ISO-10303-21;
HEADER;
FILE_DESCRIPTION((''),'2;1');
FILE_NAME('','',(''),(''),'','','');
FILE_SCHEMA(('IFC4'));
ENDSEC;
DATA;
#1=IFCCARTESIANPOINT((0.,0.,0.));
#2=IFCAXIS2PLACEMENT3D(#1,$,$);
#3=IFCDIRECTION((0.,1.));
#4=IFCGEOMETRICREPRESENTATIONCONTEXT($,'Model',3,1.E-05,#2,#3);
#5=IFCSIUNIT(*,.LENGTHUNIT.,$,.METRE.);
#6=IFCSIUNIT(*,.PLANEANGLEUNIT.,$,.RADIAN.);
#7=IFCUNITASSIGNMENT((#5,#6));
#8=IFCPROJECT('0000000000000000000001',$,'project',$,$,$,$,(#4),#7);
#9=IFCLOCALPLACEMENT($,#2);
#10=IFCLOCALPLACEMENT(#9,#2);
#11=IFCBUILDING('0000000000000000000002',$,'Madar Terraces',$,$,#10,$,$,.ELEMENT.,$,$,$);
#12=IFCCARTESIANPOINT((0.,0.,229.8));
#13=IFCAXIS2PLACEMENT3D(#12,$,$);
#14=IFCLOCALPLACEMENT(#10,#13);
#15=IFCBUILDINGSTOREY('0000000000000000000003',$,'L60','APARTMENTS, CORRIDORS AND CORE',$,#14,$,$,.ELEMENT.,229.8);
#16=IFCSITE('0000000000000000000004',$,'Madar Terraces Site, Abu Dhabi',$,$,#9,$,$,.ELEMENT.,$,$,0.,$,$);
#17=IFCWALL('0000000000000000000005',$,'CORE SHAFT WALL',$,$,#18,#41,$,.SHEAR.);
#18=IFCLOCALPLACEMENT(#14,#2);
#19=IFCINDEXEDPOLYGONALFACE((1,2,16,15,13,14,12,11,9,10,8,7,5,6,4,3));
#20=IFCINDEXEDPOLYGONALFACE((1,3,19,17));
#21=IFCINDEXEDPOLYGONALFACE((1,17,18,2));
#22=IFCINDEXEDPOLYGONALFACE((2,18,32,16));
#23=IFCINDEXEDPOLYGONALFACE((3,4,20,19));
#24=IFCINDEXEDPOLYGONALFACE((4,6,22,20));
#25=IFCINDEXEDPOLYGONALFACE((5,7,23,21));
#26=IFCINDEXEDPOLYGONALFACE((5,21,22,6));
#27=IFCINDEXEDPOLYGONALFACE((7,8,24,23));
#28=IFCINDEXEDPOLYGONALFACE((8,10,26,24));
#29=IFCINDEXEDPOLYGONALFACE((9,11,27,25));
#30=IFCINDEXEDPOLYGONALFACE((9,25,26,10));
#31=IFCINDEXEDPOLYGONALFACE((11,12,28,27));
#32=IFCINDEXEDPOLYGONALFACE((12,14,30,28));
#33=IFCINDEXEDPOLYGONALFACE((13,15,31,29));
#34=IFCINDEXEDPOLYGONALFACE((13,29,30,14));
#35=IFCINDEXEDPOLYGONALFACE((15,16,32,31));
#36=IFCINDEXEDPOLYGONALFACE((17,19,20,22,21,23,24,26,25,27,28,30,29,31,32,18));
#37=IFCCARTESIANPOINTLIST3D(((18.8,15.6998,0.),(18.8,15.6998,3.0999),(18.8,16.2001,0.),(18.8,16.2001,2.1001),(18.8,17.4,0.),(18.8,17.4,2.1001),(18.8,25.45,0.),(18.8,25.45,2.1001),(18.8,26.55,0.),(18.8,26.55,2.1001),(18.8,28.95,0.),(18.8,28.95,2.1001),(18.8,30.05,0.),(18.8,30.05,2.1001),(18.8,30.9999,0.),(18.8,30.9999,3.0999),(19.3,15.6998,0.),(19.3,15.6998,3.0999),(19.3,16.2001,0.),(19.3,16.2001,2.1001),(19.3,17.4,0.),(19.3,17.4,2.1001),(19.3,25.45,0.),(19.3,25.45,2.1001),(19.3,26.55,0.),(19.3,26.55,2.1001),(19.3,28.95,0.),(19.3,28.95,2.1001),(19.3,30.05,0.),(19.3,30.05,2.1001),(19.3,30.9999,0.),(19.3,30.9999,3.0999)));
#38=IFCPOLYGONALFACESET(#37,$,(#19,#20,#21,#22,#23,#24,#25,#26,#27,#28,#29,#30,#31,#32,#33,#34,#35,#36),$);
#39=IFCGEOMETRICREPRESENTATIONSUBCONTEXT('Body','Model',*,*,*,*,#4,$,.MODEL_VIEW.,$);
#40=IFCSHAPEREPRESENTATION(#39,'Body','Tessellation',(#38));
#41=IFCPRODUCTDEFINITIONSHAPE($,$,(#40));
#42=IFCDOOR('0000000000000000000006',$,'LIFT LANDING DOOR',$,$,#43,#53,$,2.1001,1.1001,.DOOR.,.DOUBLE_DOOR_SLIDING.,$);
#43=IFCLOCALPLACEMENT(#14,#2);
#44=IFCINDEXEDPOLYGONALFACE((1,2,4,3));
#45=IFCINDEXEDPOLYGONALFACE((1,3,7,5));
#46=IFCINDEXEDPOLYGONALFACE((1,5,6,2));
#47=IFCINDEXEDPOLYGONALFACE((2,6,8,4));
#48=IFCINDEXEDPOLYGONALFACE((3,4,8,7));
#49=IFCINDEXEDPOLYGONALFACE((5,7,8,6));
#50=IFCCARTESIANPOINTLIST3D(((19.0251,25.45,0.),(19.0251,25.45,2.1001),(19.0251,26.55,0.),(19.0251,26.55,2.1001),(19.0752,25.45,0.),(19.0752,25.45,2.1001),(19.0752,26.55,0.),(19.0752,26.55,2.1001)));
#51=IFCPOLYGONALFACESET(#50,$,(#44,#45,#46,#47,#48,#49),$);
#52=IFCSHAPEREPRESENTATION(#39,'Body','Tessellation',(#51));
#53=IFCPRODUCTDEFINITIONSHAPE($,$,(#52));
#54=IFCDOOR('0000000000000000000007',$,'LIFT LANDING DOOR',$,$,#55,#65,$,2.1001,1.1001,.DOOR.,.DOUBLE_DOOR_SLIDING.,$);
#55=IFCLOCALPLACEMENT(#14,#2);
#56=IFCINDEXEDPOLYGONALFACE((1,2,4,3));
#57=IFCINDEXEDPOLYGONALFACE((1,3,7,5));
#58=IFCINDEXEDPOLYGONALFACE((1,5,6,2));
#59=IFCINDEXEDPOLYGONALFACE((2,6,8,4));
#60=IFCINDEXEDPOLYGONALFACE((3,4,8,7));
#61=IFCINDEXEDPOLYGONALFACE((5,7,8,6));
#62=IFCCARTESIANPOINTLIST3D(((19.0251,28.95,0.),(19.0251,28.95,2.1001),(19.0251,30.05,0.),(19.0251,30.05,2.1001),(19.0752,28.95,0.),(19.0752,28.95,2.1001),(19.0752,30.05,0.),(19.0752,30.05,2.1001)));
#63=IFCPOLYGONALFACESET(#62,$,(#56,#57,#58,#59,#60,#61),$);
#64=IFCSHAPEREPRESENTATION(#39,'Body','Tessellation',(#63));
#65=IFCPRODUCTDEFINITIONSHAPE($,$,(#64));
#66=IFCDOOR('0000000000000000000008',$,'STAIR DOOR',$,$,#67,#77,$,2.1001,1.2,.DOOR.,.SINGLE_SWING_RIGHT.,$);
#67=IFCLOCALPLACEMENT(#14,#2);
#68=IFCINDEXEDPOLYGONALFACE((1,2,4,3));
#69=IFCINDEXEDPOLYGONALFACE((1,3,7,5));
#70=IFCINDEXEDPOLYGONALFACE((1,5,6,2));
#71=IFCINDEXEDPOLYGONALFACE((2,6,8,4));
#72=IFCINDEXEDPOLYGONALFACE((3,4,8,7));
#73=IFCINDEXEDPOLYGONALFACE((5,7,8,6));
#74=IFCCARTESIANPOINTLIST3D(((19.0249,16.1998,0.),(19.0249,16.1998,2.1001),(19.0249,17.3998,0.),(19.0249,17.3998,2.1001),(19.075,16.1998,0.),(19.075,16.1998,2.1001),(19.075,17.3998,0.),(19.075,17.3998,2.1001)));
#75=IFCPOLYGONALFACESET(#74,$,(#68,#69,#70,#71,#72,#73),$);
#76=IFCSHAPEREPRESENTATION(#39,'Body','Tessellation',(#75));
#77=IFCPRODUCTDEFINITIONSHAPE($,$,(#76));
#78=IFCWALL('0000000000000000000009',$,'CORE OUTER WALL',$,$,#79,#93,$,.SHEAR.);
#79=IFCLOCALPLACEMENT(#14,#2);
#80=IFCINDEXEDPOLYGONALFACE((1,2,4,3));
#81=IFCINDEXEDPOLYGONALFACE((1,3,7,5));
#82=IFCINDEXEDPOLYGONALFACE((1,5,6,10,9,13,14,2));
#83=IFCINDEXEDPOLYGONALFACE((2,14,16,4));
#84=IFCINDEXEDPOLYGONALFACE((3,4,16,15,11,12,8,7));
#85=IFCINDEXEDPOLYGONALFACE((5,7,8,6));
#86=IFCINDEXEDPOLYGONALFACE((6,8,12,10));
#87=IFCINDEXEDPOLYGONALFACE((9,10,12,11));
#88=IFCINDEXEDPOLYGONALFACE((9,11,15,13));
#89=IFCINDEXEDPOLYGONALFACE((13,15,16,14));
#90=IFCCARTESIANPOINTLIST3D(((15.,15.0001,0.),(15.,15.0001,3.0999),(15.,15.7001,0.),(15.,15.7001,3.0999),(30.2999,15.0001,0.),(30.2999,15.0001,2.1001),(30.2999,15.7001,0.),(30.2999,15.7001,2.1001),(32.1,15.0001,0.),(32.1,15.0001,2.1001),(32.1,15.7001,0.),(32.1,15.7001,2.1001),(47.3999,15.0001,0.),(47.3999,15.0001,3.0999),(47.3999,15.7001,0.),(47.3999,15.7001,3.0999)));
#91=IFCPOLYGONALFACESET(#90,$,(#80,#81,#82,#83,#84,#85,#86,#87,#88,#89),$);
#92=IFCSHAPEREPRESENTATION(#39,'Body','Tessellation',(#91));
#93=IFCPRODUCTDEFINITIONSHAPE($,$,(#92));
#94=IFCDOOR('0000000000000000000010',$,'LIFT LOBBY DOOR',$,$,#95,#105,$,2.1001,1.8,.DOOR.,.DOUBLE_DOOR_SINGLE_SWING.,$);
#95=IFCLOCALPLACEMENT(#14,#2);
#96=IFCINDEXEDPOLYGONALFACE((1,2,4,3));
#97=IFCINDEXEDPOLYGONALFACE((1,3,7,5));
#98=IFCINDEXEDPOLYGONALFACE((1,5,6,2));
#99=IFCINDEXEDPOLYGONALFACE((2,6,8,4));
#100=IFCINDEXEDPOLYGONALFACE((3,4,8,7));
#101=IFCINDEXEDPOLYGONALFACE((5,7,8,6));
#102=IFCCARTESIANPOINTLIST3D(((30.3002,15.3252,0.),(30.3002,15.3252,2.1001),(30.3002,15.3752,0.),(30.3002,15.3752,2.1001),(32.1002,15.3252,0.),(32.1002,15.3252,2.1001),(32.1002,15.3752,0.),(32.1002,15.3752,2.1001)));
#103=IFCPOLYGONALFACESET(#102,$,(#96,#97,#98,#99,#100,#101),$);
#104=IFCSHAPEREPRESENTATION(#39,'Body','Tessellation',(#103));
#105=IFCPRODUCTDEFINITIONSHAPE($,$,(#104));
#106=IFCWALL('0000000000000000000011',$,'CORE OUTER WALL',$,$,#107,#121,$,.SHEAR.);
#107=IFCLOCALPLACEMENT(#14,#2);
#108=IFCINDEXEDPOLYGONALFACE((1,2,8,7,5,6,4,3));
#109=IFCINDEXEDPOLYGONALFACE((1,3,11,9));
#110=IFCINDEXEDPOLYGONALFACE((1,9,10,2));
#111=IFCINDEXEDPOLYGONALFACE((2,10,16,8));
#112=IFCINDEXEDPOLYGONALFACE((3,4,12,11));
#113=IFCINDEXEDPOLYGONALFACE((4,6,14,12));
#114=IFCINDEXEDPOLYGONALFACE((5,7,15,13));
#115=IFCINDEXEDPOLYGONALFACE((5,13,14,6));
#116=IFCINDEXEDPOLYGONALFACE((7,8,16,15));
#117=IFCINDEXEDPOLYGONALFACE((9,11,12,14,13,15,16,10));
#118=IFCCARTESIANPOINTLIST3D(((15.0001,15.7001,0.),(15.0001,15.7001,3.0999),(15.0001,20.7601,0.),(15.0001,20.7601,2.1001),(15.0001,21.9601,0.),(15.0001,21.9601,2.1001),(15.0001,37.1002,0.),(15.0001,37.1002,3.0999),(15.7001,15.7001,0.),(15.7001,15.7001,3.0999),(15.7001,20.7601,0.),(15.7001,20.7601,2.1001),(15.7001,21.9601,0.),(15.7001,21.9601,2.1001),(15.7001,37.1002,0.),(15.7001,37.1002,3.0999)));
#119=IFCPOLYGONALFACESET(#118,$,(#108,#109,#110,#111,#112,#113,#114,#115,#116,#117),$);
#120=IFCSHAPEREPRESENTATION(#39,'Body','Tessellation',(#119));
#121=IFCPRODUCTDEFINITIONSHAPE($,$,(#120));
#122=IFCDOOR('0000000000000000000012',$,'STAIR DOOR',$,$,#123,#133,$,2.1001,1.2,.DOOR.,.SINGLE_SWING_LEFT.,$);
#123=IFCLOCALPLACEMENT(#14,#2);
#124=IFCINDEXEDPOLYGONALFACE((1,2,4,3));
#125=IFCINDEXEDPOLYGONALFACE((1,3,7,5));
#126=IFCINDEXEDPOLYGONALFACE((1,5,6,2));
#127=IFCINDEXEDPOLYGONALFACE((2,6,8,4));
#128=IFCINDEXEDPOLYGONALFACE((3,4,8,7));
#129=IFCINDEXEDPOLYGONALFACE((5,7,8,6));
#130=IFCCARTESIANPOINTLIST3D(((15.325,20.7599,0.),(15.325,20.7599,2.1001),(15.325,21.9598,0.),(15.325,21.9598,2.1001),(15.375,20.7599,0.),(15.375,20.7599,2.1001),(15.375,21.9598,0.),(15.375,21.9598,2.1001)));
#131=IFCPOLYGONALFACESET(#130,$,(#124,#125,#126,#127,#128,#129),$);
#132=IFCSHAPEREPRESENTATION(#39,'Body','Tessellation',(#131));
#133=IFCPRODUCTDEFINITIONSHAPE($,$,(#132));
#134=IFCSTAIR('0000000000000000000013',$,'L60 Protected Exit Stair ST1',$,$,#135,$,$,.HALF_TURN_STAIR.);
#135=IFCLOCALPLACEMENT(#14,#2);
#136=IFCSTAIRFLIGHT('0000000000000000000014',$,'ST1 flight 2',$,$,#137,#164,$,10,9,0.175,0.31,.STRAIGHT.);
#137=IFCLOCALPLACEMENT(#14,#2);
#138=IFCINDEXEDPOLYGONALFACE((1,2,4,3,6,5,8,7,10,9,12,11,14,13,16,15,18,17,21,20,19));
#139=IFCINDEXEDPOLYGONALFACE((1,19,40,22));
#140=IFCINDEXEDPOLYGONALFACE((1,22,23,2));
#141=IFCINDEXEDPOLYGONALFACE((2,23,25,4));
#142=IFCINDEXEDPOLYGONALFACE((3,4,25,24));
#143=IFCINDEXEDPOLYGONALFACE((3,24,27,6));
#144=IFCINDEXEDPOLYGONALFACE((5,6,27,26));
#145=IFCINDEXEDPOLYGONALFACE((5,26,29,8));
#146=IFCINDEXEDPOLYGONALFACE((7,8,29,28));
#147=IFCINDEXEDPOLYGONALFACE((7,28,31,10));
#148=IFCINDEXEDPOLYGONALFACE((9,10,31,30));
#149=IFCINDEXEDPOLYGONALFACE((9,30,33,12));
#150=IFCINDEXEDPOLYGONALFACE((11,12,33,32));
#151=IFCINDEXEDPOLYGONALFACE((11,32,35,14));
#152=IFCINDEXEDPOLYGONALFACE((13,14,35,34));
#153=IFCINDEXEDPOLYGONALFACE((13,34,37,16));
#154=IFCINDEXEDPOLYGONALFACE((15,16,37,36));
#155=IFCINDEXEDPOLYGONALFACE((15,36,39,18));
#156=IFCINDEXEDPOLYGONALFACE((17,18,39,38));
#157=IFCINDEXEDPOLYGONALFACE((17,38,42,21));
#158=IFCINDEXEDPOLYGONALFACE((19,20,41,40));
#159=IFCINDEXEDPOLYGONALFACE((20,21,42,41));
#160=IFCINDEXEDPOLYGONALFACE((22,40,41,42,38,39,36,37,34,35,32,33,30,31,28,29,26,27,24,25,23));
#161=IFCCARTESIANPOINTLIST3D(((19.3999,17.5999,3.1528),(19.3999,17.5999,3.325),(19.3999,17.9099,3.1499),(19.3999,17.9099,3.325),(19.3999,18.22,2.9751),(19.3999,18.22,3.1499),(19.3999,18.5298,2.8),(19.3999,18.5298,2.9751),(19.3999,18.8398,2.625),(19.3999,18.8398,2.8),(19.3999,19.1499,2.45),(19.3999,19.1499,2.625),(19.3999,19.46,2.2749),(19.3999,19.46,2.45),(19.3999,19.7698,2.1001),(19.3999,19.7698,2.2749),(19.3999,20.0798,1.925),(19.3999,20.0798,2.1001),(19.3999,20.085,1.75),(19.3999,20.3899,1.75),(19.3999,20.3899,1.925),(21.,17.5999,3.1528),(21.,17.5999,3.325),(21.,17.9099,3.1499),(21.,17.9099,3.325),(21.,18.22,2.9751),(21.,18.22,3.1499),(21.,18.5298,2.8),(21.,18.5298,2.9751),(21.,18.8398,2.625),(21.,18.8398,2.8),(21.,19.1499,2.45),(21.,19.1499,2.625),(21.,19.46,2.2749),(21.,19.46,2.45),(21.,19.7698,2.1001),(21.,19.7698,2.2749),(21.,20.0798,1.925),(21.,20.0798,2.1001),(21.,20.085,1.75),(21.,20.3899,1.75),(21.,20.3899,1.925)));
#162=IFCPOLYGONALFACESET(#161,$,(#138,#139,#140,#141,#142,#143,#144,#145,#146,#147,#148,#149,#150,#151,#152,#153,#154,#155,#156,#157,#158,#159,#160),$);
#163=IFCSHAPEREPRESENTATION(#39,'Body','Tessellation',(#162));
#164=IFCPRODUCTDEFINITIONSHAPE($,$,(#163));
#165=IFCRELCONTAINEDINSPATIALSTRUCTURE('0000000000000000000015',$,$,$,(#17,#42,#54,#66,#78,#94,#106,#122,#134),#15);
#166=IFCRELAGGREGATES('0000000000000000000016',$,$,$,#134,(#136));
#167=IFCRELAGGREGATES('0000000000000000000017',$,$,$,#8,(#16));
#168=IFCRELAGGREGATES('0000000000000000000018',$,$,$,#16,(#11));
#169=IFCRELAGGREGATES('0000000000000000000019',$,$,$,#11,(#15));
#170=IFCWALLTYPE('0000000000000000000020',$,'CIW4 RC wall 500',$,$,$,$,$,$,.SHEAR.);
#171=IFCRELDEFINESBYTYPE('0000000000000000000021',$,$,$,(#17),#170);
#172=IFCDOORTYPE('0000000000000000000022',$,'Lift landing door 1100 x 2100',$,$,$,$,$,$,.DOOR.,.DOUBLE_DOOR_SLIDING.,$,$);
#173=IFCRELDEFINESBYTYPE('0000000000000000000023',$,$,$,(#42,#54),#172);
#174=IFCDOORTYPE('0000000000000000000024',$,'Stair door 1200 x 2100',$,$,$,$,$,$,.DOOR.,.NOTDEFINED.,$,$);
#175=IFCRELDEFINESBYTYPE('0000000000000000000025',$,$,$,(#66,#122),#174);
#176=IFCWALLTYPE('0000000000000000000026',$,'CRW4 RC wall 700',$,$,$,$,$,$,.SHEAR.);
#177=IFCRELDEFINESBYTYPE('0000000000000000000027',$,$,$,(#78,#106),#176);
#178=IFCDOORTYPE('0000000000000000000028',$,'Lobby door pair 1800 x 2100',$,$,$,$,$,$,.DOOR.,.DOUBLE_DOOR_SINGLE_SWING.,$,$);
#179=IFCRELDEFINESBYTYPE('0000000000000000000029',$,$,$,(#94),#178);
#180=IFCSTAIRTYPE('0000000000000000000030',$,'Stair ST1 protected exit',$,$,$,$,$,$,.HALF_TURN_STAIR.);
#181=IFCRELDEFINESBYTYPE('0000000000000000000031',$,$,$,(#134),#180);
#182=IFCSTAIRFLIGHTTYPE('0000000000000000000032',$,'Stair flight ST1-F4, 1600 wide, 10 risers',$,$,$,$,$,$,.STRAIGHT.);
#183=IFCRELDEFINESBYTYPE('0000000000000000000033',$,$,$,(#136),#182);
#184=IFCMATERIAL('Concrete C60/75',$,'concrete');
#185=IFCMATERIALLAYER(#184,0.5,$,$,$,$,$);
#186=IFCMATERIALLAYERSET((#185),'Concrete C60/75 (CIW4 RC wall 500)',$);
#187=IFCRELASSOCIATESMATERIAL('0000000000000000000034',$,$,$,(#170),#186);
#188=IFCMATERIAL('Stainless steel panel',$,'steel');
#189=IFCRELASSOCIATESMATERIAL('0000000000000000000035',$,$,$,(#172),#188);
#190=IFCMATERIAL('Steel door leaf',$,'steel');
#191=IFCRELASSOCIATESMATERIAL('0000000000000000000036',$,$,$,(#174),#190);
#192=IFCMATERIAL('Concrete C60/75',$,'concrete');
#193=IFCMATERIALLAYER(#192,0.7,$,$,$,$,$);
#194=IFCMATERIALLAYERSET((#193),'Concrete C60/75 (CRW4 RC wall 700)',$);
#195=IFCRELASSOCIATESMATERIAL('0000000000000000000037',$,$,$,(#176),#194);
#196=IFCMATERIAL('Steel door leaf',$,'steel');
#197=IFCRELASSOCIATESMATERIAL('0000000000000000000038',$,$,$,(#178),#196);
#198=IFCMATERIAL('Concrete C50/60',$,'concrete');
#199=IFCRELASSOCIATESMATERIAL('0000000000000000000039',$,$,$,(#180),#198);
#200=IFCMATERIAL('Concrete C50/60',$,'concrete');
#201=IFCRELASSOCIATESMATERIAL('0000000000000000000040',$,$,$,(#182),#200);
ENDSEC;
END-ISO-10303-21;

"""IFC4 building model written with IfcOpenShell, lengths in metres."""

from ifc_helpers import new_model, si_unit, direction, frame, frame_2d, origin, place, context, subcontext, project, spatial, polyline, rectangle, outline, extrude, material, layer, layer_set, type_object, element, fill, aggregate, save


model = new_model("IFC4")

# Units and contexts
model_context = context("Model", 3, precision=1e-05, world=origin(), true_north=direction((0.0, 1.0)))
body_context = subcontext(model_context, "Body", "Model", "MODEL_VIEW")
ifc_project = project(units=[si_unit("LENGTHUNIT", "METRE"), si_unit("PLANEANGLEUNIT", "RADIAN")], contexts=[model_context])

# Site, building, storey
site_placement = place(None, origin())
site = spatial("IfcSite", under=ifc_project, at=site_placement, Name="Madar Terraces Site, Abu Dhabi", CompositionType="ELEMENT", RefElevation=0.0)
building_placement = place(site_placement, origin())
building = spatial("IfcBuilding", under=site, at=building_placement, Name="Madar Terraces", CompositionType="ELEMENT")
storey_placement = place(building_placement, frame((0.0, 0.0, 229.8)))
storey = spatial("IfcBuildingStorey", under=building, at=storey_placement, Name="L60", Description="APARTMENTS, CORRIDORS AND CORE", CompositionType="ELEMENT", Elevation=229.8)

# Wall, openings, doors
ifc_material_1 = material(Name="Concrete C60/75", Category="concrete")
ifc_layer_1 = layer(ifc_material_1, 0.5)
ifc_layer_set_1 = layer_set([ifc_layer_1], Name="Concrete C60/75 (CIW4 RC wall 500)")
wall_type_1 = type_object("IfcWallType", Name="CIW4 RC wall 500", PredefinedType="SHEAR", material=ifc_layer_set_1)
wall_1_placement = place(storey_placement, frame((19.05, 15.7, 0.0), z_axis=(0.0, 0.0, 1.0), x_axis=(0.0, 1.0, 0.0)))
wall_1 = element("IfcWall", 1, at=wall_1_placement, inside=storey, type_object=wall_type_1, Name="CORE SHAFT WALL", PredefinedType="SHEAR", context=body_context, shape_type="SweptSolid", body=[
    extrude(rectangle(XDim=15.3, YDim=0.5, at=frame_2d((7.6499, 0.0))), origin(), (0.0, 0.0, 1.0), 3.0999),
])
opening_1_placement = place(wall_1_placement, frame((9.75, 0.0, 0.0)))
opening_1 = element("IfcOpeningElement", 2, at=opening_1_placement, cuts=wall_1, PredefinedType="OPENING", context=body_context, shape_type="SweptSolid", body=[
    extrude(rectangle(XDim=1.1001, YDim=2.1001, at=frame_2d((0.55, 1.05))), frame((0.0, 0.26, 0.0), z_axis=(0.0, -1.0, 0.0), x_axis=(1.0, 0.0, 0.0)), (0.0, 0.0, 1.0), 0.52),
])
opening_2_placement = place(wall_1_placement, frame((13.25, 0.0, 0.0)))
opening_2 = element("IfcOpeningElement", 3, at=opening_2_placement, cuts=wall_1, PredefinedType="OPENING", context=body_context, shape_type="SweptSolid", body=[
    extrude(rectangle(XDim=1.1001, YDim=2.1001, at=frame_2d((0.55, 1.05))), frame((0.0, 0.26, 0.0), z_axis=(0.0, -1.0, 0.0), x_axis=(1.0, 0.0, 0.0)), (0.0, 0.0, 1.0), 0.52),
])
opening_3_placement = place(wall_1_placement, frame((0.5, 0.0, 0.0)))
opening_3 = element("IfcOpeningElement", 4, at=opening_3_placement, cuts=wall_1, PredefinedType="OPENING", context=body_context, shape_type="SweptSolid", body=[
    extrude(rectangle(XDim=1.2, YDim=2.1001, at=frame_2d((0.6001, 1.05))), frame((0.0, 0.26, 0.0), z_axis=(0.0, -1.0, 0.0), x_axis=(1.0, 0.0, 0.0)), (0.0, 0.0, 1.0), 0.52),
])
ifc_material_2 = material(Name="Stainless steel panel", Category="steel")
door_type_1 = type_object("IfcDoorType", Name="Lift landing door 1100 x 2100", OperationType="DOUBLE_DOOR_SLIDING", PredefinedType="DOOR", material=ifc_material_2)
door_1_placement = place(opening_1_placement, origin())
door_1 = element("IfcDoor", 5, at=door_1_placement, inside=storey, type_object=door_type_1, Name="LIFT LANDING DOOR", OperationType="DOUBLE_DOOR_SLIDING", OverallHeight=2.1001, OverallWidth=1.1001, PredefinedType="DOOR", context=body_context, shape_type="SweptSolid", body=[
    extrude(rectangle(XDim=1.1001, YDim=2.1001, at=frame_2d((0.55, 1.05))), frame((0.0, 0.0249, 0.0), z_axis=(0.0, -1.0, 0.0), x_axis=(1.0, 0.0, 0.0)), (0.0, 0.0, 1.0), 0.05),
])
fill(opening_1, door_1)
door_2_placement = place(opening_2_placement, origin())
door_2 = element("IfcDoor", 6, at=door_2_placement, inside=storey, type_object=door_type_1, Name="LIFT LANDING DOOR", OperationType="DOUBLE_DOOR_SLIDING", OverallHeight=2.1001, OverallWidth=1.1001, PredefinedType="DOOR", context=body_context, shape_type="SweptSolid", body=[
    extrude(rectangle(XDim=1.1001, YDim=2.1001, at=frame_2d((0.55, 1.05))), frame((0.0, 0.0249, 0.0), z_axis=(0.0, -1.0, 0.0), x_axis=(1.0, 0.0, 0.0)), (0.0, 0.0, 1.0), 0.05),
])
fill(opening_2, door_2)
ifc_material_3 = material(Name="Steel door leaf", Category="steel")
door_type_2 = type_object("IfcDoorType", Name="Stair door 1200 x 2100", OperationType="NOTDEFINED", PredefinedType="DOOR", material=ifc_material_3)
door_3_placement = place(opening_3_placement, frame((1.2, 0.0, 0.0), z_axis=(0.0, 0.0, 1.0), x_axis=(-1.0, 0.0, 0.0)))
door_3 = element("IfcDoor", 7, at=door_3_placement, inside=storey, type_object=door_type_2, Name="STAIR DOOR", OperationType="SINGLE_SWING_RIGHT", OverallHeight=2.1001, OverallWidth=1.2, PredefinedType="DOOR", context=body_context, shape_type="SweptSolid", body=[
    extrude(rectangle(XDim=1.2, YDim=2.1001, at=frame_2d((0.6001, 1.05))), frame((0.0, 0.0249, 0.0), z_axis=(0.0, -1.0, 0.0), x_axis=(1.0, 0.0, 0.0)), (0.0, 0.0, 1.0), 0.05),
])
fill(opening_3, door_3)

# Walls, openings, doors
ifc_material_4 = material(Name="Concrete C60/75", Category="concrete")
ifc_layer_2 = layer(ifc_material_4, 0.7)
ifc_layer_set_2 = layer_set([ifc_layer_2], Name="Concrete C60/75 (CRW4 RC wall 700)")
wall_type_2 = type_object("IfcWallType", Name="CRW4 RC wall 700", PredefinedType="SHEAR", material=ifc_layer_set_2)
wall_2_placement = place(storey_placement, frame((15.0, 15.3501, 0.0), z_axis=(0.0, 0.0, 1.0), x_axis=(1.0, 0.0, 0.0)))
wall_2 = element("IfcWall", 8, at=wall_2_placement, inside=storey, type_object=wall_type_2, Name="CORE OUTER WALL", PredefinedType="SHEAR", context=body_context, shape_type="SweptSolid", body=[
    extrude(rectangle(XDim=32.3999, YDim=0.7, at=frame_2d((16.2, 0.0))), origin(), (0.0, 0.0, 1.0), 3.0999),
])
opening_4_placement = place(wall_2_placement, frame((15.3, 0.0, 0.0)))
opening_4 = element("IfcOpeningElement", 9, at=opening_4_placement, cuts=wall_2, PredefinedType="OPENING", context=body_context, shape_type="SweptSolid", body=[
    extrude(rectangle(XDim=1.8, YDim=2.1001, at=frame_2d((0.8999, 1.05))), frame((0.0, 0.3599, 0.0), z_axis=(0.0, -1.0, 0.0), x_axis=(1.0, 0.0, 0.0)), (0.0, 0.0, 1.0), 0.72),
])
ifc_material_5 = material(Name="Steel door leaf", Category="steel")
door_type_3 = type_object("IfcDoorType", Name="Lobby door pair 1800 x 2100", OperationType="DOUBLE_DOOR_SINGLE_SWING", PredefinedType="DOOR", material=ifc_material_5)
door_4_placement = place(opening_4_placement, frame((1.8, 0.0, 0.0), z_axis=(0.0, 0.0, 1.0), x_axis=(-1.0, 0.0, 0.0)))
door_4 = element("IfcDoor", 10, at=door_4_placement, inside=storey, type_object=door_type_3, Name="LIFT LOBBY DOOR", OperationType="DOUBLE_DOOR_SINGLE_SWING", OverallHeight=2.1001, OverallWidth=1.8, PredefinedType="DOOR", context=body_context, shape_type="SweptSolid", body=[
    extrude(rectangle(XDim=1.8, YDim=2.1001, at=frame_2d((0.8999, 1.05))), frame((0.0, 0.0249, 0.0), z_axis=(0.0, -1.0, 0.0), x_axis=(1.0, 0.0, 0.0)), (0.0, 0.0, 1.0), 0.05),
])
fill(opening_4, door_4)
wall_3_placement = place(storey_placement, frame((15.3501, 15.7, 0.0), z_axis=(0.0, 0.0, 1.0), x_axis=(0.0, 1.0, 0.0)))
wall_3 = element("IfcWall", 11, at=wall_3_placement, inside=storey, type_object=wall_type_2, Name="CORE OUTER WALL", PredefinedType="SHEAR", context=body_context, shape_type="SweptSolid", body=[
    extrude(rectangle(XDim=21.4001, YDim=0.7, at=frame_2d((10.7002, 0.0))), origin(), (0.0, 0.0, 1.0), 3.0999),
])
opening_5_placement = place(wall_3_placement, frame((5.0601, 0.0, 0.0)))
opening_5 = element("IfcOpeningElement", 12, at=opening_5_placement, cuts=wall_3, PredefinedType="OPENING", context=body_context, shape_type="SweptSolid", body=[
    extrude(rectangle(XDim=1.2, YDim=2.1001, at=frame_2d((0.6001, 1.05))), frame((0.0, 0.3599, 0.0), z_axis=(0.0, -1.0, 0.0), x_axis=(1.0, 0.0, 0.0)), (0.0, 0.0, 1.0), 0.72),
])
door_5_placement = place(opening_5_placement, frame((1.2, 0.0, 0.0), z_axis=(0.0, 0.0, 1.0), x_axis=(-1.0, 0.0, 0.0)))
door_5 = element("IfcDoor", 13, at=door_5_placement, inside=storey, type_object=door_type_2, Name="STAIR DOOR", OperationType="SINGLE_SWING_LEFT", OverallHeight=2.1001, OverallWidth=1.2, PredefinedType="DOOR", context=body_context, shape_type="SweptSolid", body=[
    extrude(rectangle(XDim=1.2, YDim=2.1001, at=frame_2d((0.6001, 1.05))), frame((0.0, 0.0249, 0.0), z_axis=(0.0, -1.0, 0.0), x_axis=(1.0, 0.0, 0.0)), (0.0, 0.0, 1.0), 0.05),
])
fill(opening_5, door_5)

# Stair, stair flight
ifc_material_6 = material(Name="Concrete C50/60", Category="concrete")
stair_type = type_object("IfcStairType", Name="Stair ST1 protected exit", PredefinedType="HALF_TURN_STAIR", material=ifc_material_6)
stair_placement = place(storey_placement, origin())
stair = element("IfcStair", 14, at=stair_placement, inside=storey, type_object=stair_type, Name="L60 Protected Exit Stair ST1", PredefinedType="HALF_TURN_STAIR")
ifc_material_7 = material(Name="Concrete C50/60", Category="concrete")
stair_flight_type = type_object("IfcStairFlightType", Name="Stair flight ST1-F4, 1600 wide, 10 risers", PredefinedType="STRAIGHT", material=ifc_material_7)
stair_flight_placement = place(storey_placement, frame((20.2, 20.3899, 1.75), z_axis=(0.0, 0.0, 1.0), x_axis=(0.0, -1.0, 0.0)))
stair_flight = element("IfcStairFlight", 15, at=stair_flight_placement, type_object=stair_flight_type, Name="ST1 flight 2", NumberOfRisers=10, NumberOfTreads=9, PredefinedType="STRAIGHT", RiserHeight=0.175, TreadLength=0.31, context=body_context, shape_type="SweptSolid", body=[
    extrude(outline(polyline([(0.0, 0.0), (0.0, 0.175), (0.3101, 0.175), (0.3101, 0.3501), (0.6201, 0.3501), (0.6201, 0.5249), (0.9299, 0.5249), (0.9299, 0.7), (1.24, 0.7), (1.24, 0.875), (1.55, 0.875), (1.55, 1.05), (1.8601, 1.05), (1.8601, 1.2251), (2.1699, 1.2251), (2.1699, 1.3999), (2.48, 1.3999), (2.48, 1.575), (2.79, 1.575), (2.79, 1.75), (2.79, 1.4028), (0.3049, 0.0), (0.0, 0.0)])), frame((0.0, 0.8, 0.0), z_axis=(0.0, -1.0, 0.0), x_axis=(1.0, 0.0, 0.0)), (0.0, 0.0, 1.0), 1.6001),
])
aggregate(stair, [stair_flight])

save(model, "model.ifc")
